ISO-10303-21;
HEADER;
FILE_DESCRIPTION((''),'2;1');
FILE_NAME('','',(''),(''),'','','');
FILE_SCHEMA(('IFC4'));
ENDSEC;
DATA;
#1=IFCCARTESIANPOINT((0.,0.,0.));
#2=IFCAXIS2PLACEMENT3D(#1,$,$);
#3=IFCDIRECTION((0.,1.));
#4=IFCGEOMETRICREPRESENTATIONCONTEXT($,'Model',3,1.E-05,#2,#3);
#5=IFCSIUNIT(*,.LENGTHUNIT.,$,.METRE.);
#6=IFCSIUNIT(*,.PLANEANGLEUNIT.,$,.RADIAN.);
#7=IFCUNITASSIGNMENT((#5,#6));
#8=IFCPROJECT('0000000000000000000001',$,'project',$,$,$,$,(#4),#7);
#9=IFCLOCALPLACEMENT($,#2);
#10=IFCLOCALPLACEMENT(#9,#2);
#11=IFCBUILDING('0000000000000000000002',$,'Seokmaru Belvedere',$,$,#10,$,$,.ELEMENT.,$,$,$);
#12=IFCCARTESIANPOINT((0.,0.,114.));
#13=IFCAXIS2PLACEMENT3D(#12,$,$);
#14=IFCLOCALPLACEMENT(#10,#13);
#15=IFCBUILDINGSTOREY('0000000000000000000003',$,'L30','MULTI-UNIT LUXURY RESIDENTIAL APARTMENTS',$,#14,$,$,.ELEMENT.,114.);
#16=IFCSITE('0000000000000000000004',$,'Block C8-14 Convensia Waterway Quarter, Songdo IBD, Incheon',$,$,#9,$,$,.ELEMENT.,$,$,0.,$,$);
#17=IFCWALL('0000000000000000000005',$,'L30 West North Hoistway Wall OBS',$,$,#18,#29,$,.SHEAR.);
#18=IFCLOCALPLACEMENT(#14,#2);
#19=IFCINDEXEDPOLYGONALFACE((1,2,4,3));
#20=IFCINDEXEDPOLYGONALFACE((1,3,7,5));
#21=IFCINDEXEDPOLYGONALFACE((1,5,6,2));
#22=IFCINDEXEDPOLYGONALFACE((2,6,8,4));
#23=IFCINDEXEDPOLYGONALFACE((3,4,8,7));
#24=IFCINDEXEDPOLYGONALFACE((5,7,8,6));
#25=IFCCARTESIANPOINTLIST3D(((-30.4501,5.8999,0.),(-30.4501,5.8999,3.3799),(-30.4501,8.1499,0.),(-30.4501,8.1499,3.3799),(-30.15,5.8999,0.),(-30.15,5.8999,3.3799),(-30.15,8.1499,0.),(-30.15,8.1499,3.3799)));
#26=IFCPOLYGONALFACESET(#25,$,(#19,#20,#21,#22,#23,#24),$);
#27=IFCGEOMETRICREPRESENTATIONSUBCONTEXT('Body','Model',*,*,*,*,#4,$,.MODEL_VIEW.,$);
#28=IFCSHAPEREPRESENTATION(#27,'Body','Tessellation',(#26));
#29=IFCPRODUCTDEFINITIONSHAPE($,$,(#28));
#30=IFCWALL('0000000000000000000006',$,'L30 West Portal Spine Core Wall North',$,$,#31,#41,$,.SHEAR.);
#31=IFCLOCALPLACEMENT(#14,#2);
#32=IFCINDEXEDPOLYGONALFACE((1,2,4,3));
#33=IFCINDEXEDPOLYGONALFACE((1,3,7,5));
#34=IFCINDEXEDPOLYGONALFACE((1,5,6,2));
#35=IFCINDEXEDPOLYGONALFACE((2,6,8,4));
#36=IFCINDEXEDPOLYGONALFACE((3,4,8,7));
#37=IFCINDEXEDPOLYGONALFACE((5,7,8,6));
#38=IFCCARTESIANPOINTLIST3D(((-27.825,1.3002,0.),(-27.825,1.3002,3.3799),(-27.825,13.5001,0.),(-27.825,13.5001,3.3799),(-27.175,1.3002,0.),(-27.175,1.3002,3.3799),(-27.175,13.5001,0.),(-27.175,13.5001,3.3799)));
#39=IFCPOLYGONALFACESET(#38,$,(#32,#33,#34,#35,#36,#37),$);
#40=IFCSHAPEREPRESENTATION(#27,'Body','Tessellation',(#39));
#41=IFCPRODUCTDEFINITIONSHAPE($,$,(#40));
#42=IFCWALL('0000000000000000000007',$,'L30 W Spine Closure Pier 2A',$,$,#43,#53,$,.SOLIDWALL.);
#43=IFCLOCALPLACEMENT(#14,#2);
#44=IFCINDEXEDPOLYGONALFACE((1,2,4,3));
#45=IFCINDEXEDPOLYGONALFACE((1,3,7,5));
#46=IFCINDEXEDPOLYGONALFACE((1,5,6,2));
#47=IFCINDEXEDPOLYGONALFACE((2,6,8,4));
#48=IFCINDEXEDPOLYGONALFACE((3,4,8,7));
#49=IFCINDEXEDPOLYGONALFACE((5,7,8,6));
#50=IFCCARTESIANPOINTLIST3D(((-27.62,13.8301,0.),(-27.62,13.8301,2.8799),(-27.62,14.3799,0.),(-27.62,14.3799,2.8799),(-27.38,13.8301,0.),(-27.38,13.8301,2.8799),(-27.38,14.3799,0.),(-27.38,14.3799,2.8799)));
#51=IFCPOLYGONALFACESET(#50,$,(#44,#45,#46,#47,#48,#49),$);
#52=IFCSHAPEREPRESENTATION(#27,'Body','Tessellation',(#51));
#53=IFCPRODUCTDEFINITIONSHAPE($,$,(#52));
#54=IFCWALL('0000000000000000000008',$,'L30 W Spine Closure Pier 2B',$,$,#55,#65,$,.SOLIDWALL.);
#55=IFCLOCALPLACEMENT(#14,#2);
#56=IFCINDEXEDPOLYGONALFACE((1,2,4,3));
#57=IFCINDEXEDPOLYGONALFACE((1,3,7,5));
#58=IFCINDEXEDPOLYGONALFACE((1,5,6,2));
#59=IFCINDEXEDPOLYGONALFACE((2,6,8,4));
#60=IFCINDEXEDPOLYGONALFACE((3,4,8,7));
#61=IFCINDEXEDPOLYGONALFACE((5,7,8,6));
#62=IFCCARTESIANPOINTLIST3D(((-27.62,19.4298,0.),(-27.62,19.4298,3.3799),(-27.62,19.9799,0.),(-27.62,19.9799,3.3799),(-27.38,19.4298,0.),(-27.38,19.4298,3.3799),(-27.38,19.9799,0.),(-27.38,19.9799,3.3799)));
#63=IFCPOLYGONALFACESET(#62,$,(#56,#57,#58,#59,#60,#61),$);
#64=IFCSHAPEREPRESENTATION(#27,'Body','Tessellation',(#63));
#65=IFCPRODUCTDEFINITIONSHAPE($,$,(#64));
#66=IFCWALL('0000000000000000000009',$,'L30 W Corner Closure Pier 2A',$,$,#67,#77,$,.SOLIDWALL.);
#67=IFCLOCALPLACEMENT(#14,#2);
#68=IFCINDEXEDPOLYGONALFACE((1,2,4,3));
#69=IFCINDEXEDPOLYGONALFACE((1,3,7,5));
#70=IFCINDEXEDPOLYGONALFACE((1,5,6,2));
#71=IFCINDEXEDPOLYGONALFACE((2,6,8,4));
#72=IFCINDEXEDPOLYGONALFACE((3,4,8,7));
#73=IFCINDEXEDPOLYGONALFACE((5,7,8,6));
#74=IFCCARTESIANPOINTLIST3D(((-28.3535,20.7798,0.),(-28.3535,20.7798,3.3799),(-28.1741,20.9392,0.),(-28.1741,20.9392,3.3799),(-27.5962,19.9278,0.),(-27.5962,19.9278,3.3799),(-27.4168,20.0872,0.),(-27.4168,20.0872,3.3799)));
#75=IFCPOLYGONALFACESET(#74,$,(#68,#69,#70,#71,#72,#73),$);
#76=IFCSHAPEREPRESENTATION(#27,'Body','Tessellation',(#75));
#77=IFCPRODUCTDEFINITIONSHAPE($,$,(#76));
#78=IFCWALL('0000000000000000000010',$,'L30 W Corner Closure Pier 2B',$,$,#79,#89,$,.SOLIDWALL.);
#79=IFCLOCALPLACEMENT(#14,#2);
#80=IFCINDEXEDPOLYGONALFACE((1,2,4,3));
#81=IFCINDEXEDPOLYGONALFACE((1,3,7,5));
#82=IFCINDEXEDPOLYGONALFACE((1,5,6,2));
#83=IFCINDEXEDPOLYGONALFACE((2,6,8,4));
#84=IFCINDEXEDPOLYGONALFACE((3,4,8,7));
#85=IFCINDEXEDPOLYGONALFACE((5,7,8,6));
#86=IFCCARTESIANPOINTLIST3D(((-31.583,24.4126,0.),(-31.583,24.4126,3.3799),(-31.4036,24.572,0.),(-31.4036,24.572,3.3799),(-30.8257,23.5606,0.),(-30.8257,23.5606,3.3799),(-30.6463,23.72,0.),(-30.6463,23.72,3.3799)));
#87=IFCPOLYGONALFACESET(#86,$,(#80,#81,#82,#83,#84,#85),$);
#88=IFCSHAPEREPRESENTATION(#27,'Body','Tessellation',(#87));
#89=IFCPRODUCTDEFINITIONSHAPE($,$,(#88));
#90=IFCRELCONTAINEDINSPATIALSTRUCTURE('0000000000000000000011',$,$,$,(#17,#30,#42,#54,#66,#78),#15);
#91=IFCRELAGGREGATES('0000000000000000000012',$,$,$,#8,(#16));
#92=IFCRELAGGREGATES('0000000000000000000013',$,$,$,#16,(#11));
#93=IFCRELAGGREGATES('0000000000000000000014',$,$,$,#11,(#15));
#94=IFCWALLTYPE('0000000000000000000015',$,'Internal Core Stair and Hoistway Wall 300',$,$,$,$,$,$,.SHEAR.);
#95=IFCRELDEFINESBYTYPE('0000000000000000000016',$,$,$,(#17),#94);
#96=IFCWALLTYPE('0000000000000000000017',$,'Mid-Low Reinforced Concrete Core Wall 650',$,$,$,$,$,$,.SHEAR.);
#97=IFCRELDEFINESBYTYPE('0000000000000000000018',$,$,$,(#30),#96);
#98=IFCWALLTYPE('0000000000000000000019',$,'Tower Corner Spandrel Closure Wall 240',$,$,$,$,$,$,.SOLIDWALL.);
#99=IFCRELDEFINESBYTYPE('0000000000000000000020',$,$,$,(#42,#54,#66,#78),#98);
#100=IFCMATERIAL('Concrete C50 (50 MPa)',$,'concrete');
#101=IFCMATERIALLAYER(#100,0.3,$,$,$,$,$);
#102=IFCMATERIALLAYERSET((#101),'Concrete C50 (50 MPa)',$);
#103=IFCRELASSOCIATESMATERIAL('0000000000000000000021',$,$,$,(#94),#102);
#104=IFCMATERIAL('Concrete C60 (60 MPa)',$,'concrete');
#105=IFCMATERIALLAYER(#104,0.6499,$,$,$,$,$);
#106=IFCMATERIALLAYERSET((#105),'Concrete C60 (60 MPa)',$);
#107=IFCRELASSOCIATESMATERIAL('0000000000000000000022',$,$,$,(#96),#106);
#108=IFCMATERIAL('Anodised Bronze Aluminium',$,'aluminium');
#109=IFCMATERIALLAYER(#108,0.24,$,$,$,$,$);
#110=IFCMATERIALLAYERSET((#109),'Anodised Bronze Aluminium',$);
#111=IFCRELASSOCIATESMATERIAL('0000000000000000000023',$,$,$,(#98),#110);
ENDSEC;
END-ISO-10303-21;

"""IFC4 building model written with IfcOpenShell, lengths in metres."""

from ifc_helpers import new_model, si_unit, direction, frame, frame_2d, origin, place, context, subcontext, project, spatial, rectangle, extrude, material, layer, layer_set, type_object, element, save


model = new_model("IFC4")

# Units and contexts
model_context = context("Model", 3, precision=1e-05, world=origin(), true_north=direction((0.0, 1.0)))
body_context = subcontext(model_context, "Body", "Model", "MODEL_VIEW")
ifc_project = project(units=[si_unit("LENGTHUNIT", "METRE"), si_unit("PLANEANGLEUNIT", "RADIAN")], contexts=[model_context])

# Site, building, storey
site_placement = place(None, origin())
site = spatial("IfcSite", under=ifc_project, at=site_placement, Name="Block C8-14 Convensia Waterway Quarter, Songdo IBD, Incheon", CompositionType="ELEMENT", RefElevation=0.0)
building_placement = place(site_placement, origin())
building = spatial("IfcBuilding", under=site, at=building_placement, Name="Seokmaru Belvedere", CompositionType="ELEMENT")
storey_placement = place(building_placement, frame((0.0, 0.0, 114.0)))
storey = spatial("IfcBuildingStorey", under=building, at=storey_placement, Name="L30", Description="MULTI-UNIT LUXURY RESIDENTIAL APARTMENTS", CompositionType="ELEMENT", Elevation=114.0)

# Shared definitions
ifc_material_1 = material(Name="Anodised Bronze Aluminium", Category="aluminium")

# Wall
ifc_material_2 = material(Name="Concrete C50 (50 MPa)", Category="concrete")
ifc_layer_1 = layer(ifc_material_2, 0.3)
ifc_layer_set_1 = layer_set([ifc_layer_1], Name="Concrete C50 (50 MPa)")
wall_type_1 = type_object("IfcWallType", Name="Internal Core Stair and Hoistway Wall 300", PredefinedType="SHEAR", material=ifc_layer_set_1)
wall_1_placement = place(storey_placement, frame((-30.3, 5.8999, 0.0), z_axis=(0.0, 0.0, 1.0), x_axis=(0.0, 1.0, 0.0)))
element("IfcWall", 1, at=wall_1_placement, inside=storey, type_object=wall_type_1, Name="L30 West North Hoistway Wall OBS", PredefinedType="SHEAR", context=body_context, shape_type="SweptSolid", body=[
    extrude(rectangle(XDim=2.25, YDim=0.3, at=frame_2d((1.125, 0.0))), origin(), (0.0, 0.0, 1.0), 3.3799),
])

# Walls
ifc_material_3 = material(Name="Concrete C60 (60 MPa)", Category="concrete")
ifc_layer_2 = layer(ifc_material_3, 0.6499)
ifc_layer_set_2 = layer_set([ifc_layer_2], Name="Concrete C60 (60 MPa)")
wall_type_2 = type_object("IfcWallType", Name="Mid-Low Reinforced Concrete Core Wall 650", PredefinedType="SHEAR", material=ifc_layer_set_2)
wall_2_placement = place(storey_placement, frame((-27.5, 1.3, 0.0), z_axis=(0.0, 0.0, 1.0), x_axis=(0.0, 1.0, 0.0)))
element("IfcWall", 2, at=wall_2_placement, inside=storey, type_object=wall_type_2, Name="L30 West Portal Spine Core Wall North", PredefinedType="SHEAR", context=body_context, shape_type="SweptSolid", body=[
    extrude(rectangle(XDim=12.2, YDim=0.6499, at=frame_2d((6.1001, 0.0))), origin(), (0.0, 0.0, 1.0), 3.3799),
])
ifc_layer_3 = layer(ifc_material_1, 0.24)
ifc_layer_set_3 = layer_set([ifc_layer_3], Name="Anodised Bronze Aluminium")
wall_type_3 = type_object("IfcWallType", Name="Tower Corner Spandrel Closure Wall 240", PredefinedType="SOLIDWALL", material=ifc_layer_set_3)
wall_3_placement = place(storey_placement, frame((-27.5, 13.8301, 0.0), z_axis=(0.0, 0.0, 1.0), x_axis=(0.0, 1.0, 0.0)))
element("IfcWall", 3, at=wall_3_placement, inside=storey, type_object=wall_type_3, Name="L30 W Spine Closure Pier 2A", PredefinedType="SOLIDWALL", context=body_context, shape_type="SweptSolid", body=[
    extrude(rectangle(XDim=0.5498, YDim=0.24, at=frame_2d((0.2749, 0.0))), origin(), (0.0, 0.0, 1.0), 2.8799),
])
wall_4_placement = place(storey_placement, frame((-27.5, 19.4299, 0.0), z_axis=(0.0, 0.0, 1.0), x_axis=(0.0, 1.0, 0.0)))
element("IfcWall", 4, at=wall_4_placement, inside=storey, type_object=wall_type_3, Name="L30 W Spine Closure Pier 2B", PredefinedType="SOLIDWALL", context=body_context, shape_type="SweptSolid", body=[
    extrude(rectangle(XDim=0.55, YDim=0.24, at=frame_2d((0.2749, 0.0))), origin(), (0.0, 0.0, 1.0), 3.3799),
])
for number, where, z_axis, x_axis, name in (
    (5, (-27.5066, 20.0076, 0.0), (0.0, 0.0, 1.0), (-0.664337, 0.747433, 0.0), "L30 W Corner Closure Pier 2A"),
    (6, (-30.7361, 23.6404, 0.0), (0.0, 0.0, 1.0), (-0.664337, 0.747433, 0.0), "L30 W Corner Closure Pier 2B"),
):
    element("IfcWall", number, at=place(storey_placement, frame(where, z_axis=z_axis, x_axis=x_axis)), inside=storey, type_object=wall_type_3, Name=name, PredefinedType="SOLIDWALL", context=body_context, shape_type="SweptSolid", body=[
        extrude(rectangle(XDim=1.1399, YDim=0.24, at=frame_2d((0.5698, 0.0))), origin(), (0.0, 0.0, 1.0), 3.3799),
    ])

save(model, "model.ifc")
